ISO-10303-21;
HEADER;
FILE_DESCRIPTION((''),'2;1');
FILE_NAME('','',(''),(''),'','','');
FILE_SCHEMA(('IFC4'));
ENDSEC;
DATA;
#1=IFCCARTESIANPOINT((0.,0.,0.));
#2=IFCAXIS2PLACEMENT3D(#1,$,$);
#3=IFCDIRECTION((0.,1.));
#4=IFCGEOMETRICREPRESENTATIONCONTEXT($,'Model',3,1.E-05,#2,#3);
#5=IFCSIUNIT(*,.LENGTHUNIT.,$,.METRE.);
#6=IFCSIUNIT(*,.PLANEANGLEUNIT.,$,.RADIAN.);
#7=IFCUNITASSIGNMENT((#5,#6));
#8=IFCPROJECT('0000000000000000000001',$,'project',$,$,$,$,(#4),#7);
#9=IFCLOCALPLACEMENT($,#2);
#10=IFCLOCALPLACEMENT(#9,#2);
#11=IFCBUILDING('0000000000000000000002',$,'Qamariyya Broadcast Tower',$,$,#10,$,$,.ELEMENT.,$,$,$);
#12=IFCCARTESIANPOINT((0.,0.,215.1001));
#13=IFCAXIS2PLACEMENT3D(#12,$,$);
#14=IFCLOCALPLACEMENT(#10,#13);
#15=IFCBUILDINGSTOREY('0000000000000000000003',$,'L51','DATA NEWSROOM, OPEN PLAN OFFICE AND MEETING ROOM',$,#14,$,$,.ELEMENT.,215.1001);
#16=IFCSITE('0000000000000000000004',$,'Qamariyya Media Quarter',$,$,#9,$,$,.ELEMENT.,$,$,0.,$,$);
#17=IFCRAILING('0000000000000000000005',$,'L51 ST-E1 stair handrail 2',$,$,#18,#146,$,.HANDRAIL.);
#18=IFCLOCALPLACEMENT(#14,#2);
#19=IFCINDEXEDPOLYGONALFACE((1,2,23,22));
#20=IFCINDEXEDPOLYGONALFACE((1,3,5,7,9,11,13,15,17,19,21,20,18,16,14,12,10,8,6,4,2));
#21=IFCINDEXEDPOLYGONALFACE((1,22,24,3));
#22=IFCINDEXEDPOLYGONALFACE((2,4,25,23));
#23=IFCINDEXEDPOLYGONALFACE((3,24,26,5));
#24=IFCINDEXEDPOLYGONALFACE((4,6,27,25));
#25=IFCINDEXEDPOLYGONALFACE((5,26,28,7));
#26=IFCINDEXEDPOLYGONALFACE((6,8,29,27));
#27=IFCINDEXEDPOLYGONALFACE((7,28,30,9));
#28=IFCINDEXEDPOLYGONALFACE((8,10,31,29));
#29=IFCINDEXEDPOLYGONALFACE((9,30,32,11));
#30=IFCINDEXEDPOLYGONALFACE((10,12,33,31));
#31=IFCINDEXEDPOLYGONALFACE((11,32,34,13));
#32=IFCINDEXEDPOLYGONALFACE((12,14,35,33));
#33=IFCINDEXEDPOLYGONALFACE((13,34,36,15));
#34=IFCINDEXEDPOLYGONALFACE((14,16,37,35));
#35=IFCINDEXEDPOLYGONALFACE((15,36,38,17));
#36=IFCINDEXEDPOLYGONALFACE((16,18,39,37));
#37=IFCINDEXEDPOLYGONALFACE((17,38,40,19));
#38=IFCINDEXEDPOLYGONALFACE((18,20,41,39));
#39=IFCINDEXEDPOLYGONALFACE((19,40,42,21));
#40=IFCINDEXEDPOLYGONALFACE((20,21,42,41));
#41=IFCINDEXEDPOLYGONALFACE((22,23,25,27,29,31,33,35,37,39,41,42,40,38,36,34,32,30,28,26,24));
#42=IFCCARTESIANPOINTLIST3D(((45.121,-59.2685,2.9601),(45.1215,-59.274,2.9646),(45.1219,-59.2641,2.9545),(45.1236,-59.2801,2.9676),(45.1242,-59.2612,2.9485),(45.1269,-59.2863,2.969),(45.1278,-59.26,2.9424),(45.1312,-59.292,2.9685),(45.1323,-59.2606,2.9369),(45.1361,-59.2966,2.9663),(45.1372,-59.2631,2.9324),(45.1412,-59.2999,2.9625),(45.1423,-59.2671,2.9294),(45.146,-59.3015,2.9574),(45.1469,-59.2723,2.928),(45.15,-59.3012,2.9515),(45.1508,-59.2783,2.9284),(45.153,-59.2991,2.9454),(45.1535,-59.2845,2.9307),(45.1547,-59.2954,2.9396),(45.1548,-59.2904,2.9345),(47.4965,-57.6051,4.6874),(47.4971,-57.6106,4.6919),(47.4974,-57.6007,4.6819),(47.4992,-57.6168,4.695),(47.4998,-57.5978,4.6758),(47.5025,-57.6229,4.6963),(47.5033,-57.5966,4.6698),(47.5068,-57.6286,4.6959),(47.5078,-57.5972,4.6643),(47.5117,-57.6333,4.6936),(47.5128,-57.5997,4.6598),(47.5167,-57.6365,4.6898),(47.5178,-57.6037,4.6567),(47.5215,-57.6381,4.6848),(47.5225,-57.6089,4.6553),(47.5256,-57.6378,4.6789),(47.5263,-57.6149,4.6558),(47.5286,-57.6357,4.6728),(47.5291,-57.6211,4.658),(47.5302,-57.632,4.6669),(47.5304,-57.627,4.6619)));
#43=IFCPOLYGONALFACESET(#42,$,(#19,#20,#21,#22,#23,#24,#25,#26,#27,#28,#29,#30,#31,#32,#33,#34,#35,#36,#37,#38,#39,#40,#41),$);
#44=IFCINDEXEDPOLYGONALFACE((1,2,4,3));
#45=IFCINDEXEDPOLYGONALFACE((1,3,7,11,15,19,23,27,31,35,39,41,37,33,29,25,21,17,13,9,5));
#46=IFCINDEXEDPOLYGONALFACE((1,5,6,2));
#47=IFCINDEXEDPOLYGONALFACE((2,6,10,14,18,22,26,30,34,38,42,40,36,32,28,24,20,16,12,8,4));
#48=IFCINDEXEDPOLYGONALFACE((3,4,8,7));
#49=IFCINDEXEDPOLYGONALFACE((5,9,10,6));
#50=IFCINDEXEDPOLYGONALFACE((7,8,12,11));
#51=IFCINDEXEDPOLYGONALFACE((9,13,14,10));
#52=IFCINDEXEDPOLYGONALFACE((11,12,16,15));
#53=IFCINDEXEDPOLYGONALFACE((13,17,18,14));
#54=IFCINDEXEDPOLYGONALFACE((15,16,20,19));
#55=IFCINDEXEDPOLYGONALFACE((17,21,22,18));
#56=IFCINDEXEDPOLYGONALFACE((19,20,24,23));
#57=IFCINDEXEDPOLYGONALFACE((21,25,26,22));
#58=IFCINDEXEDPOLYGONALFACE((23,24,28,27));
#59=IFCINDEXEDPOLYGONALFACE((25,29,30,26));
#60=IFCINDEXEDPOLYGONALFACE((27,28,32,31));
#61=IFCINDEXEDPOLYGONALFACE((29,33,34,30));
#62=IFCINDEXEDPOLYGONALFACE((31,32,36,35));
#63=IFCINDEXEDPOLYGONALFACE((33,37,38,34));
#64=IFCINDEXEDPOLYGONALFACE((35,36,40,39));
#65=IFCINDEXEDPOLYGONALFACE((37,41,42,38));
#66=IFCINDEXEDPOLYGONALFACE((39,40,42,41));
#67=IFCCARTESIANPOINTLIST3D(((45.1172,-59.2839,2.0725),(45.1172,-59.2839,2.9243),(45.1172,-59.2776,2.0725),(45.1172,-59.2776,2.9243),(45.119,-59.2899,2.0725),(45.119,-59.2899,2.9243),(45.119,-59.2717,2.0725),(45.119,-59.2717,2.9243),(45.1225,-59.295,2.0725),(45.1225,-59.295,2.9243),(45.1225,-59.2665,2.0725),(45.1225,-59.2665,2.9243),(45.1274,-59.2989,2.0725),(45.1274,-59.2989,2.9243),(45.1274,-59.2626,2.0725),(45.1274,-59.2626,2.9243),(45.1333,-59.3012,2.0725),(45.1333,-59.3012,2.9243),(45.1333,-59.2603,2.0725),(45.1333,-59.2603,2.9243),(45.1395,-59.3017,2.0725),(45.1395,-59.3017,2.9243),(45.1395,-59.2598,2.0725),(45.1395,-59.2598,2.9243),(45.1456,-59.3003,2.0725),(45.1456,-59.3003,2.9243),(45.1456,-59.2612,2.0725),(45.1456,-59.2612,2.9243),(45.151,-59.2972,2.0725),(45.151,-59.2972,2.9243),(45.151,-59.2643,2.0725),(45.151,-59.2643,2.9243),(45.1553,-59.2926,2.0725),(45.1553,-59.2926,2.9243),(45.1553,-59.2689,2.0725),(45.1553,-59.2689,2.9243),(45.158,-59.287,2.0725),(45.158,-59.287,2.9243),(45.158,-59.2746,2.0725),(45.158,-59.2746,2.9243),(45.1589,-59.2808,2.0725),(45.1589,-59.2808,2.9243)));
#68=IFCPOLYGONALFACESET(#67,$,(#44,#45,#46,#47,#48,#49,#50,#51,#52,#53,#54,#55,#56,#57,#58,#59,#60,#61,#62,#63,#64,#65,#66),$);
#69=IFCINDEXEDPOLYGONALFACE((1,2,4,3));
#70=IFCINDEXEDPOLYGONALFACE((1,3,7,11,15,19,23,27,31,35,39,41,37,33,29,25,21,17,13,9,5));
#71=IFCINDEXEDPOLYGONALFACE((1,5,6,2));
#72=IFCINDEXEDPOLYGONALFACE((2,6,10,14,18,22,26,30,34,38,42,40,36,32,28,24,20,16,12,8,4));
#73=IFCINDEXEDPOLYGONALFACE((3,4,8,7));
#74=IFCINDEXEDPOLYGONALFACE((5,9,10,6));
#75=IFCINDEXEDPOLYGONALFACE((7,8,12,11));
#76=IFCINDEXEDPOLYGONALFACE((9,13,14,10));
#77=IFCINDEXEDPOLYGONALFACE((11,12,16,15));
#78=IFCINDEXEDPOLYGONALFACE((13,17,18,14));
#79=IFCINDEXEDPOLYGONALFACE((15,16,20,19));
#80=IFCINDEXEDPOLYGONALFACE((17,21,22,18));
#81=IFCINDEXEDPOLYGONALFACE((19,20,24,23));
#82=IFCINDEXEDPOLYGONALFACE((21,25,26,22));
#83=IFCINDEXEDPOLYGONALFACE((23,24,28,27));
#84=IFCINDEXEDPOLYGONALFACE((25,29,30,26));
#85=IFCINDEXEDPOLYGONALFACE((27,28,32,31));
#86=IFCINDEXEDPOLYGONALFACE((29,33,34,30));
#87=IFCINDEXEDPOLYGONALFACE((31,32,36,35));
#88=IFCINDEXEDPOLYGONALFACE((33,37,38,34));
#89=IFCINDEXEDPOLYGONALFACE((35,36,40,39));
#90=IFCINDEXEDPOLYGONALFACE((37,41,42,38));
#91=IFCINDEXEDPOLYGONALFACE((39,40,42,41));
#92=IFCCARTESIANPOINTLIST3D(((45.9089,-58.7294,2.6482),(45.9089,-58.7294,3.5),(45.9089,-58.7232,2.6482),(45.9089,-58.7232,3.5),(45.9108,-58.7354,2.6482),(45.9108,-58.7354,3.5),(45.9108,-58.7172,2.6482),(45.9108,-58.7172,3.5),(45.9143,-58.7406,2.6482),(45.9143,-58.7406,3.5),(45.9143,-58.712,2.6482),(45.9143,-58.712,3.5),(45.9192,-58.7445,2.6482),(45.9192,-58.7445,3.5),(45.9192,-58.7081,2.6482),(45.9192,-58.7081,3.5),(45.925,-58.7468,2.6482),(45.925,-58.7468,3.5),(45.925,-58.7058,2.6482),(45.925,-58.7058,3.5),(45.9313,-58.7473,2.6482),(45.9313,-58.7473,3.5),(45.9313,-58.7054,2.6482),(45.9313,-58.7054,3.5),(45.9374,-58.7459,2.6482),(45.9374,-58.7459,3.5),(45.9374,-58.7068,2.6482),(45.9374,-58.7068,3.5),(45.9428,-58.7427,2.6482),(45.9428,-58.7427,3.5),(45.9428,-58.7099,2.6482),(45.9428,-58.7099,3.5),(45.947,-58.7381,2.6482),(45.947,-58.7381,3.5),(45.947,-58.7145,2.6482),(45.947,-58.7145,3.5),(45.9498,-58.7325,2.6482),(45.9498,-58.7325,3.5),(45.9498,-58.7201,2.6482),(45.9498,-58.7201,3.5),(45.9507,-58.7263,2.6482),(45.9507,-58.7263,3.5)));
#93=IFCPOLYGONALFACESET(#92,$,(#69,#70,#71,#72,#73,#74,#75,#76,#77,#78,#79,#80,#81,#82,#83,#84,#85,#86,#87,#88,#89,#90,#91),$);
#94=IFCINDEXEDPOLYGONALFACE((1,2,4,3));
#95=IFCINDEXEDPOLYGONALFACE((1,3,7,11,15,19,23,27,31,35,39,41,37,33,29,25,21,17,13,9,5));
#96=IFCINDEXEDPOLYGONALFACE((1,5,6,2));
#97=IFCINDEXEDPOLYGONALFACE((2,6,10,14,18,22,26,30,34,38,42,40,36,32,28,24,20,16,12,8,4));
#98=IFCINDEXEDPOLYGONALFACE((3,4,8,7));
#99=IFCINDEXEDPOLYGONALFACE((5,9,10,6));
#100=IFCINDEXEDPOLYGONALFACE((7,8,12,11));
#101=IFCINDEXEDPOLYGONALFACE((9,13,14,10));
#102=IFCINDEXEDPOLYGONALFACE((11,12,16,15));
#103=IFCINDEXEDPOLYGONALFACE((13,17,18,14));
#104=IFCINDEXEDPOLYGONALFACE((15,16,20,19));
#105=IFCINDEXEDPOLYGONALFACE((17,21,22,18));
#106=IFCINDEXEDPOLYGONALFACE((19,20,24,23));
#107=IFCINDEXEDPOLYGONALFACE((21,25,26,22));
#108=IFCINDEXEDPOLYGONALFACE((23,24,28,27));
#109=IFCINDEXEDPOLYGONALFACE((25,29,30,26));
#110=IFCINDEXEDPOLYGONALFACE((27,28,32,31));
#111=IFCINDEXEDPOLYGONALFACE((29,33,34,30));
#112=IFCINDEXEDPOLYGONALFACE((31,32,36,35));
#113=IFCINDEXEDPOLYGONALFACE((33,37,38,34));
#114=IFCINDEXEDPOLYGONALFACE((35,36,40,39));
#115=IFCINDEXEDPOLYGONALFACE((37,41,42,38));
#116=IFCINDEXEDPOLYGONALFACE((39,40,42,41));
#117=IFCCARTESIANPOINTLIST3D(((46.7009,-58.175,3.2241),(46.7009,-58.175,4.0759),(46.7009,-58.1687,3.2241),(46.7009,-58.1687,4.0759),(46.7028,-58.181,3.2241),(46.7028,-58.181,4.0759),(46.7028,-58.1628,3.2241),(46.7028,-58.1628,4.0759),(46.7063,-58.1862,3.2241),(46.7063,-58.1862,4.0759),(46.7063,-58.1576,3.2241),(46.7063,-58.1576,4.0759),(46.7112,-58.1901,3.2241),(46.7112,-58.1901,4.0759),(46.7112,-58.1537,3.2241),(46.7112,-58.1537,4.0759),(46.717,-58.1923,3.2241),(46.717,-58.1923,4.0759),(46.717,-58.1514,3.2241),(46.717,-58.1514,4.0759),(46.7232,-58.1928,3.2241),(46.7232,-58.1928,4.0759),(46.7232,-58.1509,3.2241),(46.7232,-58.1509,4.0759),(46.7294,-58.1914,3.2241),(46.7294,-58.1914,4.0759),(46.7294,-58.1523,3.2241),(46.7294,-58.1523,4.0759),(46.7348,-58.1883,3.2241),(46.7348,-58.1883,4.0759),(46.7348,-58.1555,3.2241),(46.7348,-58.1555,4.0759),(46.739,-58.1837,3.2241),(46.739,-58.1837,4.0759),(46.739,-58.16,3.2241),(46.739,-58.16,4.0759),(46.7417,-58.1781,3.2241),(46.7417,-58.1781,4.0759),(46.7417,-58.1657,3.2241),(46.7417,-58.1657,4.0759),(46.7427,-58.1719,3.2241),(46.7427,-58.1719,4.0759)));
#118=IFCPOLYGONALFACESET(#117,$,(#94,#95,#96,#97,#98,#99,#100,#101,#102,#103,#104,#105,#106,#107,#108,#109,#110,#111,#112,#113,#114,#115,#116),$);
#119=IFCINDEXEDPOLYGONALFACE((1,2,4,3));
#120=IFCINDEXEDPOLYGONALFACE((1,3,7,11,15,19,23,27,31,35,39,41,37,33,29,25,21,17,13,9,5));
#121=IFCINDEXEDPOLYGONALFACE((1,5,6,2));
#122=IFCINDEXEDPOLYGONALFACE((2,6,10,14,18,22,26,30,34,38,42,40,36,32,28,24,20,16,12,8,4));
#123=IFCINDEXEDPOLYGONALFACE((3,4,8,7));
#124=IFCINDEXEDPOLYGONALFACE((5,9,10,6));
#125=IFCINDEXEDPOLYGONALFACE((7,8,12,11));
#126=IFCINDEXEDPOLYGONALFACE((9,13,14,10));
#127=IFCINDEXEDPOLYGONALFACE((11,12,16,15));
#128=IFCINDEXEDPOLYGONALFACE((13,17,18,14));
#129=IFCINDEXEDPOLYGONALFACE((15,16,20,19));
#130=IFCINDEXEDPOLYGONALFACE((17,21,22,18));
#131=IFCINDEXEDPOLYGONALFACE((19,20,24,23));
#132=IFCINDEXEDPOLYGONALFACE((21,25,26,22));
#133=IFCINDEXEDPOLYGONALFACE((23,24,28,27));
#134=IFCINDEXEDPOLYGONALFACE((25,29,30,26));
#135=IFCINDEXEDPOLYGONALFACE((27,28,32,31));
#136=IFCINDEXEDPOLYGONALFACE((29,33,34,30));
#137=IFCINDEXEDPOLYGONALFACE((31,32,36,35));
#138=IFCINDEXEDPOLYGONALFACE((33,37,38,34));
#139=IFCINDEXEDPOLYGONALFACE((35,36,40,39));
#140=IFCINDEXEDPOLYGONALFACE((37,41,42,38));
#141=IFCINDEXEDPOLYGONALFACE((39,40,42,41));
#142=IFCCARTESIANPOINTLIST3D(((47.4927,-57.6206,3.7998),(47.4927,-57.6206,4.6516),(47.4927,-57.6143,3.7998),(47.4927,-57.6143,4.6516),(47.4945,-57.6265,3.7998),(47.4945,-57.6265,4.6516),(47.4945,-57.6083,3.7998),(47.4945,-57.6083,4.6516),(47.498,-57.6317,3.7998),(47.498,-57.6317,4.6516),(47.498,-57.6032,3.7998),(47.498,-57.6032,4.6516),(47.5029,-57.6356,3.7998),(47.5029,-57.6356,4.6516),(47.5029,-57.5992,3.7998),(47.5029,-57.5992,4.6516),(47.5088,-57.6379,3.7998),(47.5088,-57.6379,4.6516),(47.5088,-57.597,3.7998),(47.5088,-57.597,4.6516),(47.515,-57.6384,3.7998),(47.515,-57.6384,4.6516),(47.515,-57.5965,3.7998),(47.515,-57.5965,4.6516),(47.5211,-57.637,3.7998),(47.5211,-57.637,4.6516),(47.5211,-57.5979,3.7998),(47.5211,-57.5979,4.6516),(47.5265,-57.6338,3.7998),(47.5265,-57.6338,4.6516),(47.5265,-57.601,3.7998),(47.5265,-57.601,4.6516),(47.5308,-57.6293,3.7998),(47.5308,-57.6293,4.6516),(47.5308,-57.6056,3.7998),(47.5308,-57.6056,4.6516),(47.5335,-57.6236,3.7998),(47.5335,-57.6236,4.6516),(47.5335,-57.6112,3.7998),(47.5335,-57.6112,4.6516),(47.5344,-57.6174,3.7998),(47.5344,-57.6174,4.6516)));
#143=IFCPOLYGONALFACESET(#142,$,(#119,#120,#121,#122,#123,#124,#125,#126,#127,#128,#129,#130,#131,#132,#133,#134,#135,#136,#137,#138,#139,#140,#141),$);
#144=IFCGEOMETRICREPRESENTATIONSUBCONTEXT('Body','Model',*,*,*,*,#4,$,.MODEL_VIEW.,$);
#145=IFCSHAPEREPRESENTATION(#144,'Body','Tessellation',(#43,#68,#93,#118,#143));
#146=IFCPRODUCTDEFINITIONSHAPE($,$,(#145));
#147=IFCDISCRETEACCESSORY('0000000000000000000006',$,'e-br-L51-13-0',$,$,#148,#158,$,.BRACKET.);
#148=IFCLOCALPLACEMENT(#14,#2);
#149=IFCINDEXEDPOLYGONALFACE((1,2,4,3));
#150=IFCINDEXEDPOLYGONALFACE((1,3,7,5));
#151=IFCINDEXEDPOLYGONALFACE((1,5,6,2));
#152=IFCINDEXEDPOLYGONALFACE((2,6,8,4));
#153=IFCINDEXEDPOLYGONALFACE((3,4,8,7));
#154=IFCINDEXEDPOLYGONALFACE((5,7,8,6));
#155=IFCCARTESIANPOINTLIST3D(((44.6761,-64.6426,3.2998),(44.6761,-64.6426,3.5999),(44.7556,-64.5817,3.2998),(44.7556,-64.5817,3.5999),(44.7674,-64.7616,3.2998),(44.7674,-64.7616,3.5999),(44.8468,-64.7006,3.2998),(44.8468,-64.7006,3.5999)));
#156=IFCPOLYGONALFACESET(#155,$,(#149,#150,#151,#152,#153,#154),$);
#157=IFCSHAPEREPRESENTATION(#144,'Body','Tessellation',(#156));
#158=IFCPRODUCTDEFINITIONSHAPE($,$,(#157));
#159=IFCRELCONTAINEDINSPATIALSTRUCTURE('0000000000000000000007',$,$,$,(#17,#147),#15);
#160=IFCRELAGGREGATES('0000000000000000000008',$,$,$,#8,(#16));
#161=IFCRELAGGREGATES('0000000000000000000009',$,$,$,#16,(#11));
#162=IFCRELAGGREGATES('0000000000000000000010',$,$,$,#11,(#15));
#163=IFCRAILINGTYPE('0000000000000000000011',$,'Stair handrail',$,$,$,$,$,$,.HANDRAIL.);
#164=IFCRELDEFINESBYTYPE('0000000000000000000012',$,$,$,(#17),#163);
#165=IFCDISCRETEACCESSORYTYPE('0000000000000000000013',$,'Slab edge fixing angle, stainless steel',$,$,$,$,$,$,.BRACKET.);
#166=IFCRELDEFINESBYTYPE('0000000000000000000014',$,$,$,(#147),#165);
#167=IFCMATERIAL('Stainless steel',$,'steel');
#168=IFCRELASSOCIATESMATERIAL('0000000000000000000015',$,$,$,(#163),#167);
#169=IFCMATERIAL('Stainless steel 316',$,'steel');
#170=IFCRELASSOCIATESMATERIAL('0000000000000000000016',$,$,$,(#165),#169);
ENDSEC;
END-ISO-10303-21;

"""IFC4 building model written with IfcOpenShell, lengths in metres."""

from ifc_helpers import new_model, si_unit, direction, frame, origin, origin_2d, place, context, subcontext, project, spatial, rectangle, circle, extrude, material, type_object, element, save


model = new_model("IFC4")

# Units and contexts
model_context = context("Model", 3, precision=1e-05, world=origin(), true_north=direction((0.0, 1.0)))
body_context = subcontext(model_context, "Body", "Model", "MODEL_VIEW")
ifc_project = project(units=[si_unit("LENGTHUNIT", "METRE"), si_unit("PLANEANGLEUNIT", "RADIAN")], contexts=[model_context])

# Site, building, storey
site_placement = place(None, origin())
site = spatial("IfcSite", under=ifc_project, at=site_placement, Name="Qamariyya Media Quarter", CompositionType="ELEMENT", RefElevation=0.0)
building_placement = place(site_placement, origin())
building = spatial("IfcBuilding", under=site, at=building_placement, Name="Qamariyya Broadcast Tower", CompositionType="ELEMENT")
storey_placement = place(building_placement, frame((0.0, 0.0, 215.1001)))
storey = spatial("IfcBuildingStorey", under=building, at=storey_placement, Name="L51", Description="DATA NEWSROOM, OPEN PLAN OFFICE AND MEETING ROOM", CompositionType="ELEMENT", Elevation=215.1001)

# Railing
ifc_material_1 = material(Name="Stainless steel", Category="steel")
railing_type_1 = type_object("IfcRailingType", Name="Stair handrail", PredefinedType="HANDRAIL", material=ifc_material_1)
railing_1_placement = place(storey_placement, frame((45.1379, -59.2808, 2.0725)))
element("IfcRailing", 1, at=railing_1_placement, inside=storey, type_object=railing_type_1, Name="L51 ST-E1 stair handrail 2", PredefinedType="HANDRAIL", context=body_context, shape_type="SweptSolid", body=[
    extrude(circle(Radius=0.0239, at=origin_2d()), frame((0.0, 0.0, 0.876), z_axis=(0.70377, 0.492784, 0.511734), x_axis=(-0.573575, 0.819153, 0.0)), (0.0, 0.0, 1.0), 3.3755),
    extrude(circle(Radius=0.021, at=origin_2d()), origin(), (0.0, 0.0, 1.0), 0.8518),
    extrude(circle(Radius=0.021, at=origin_2d()), frame((0.7917, 0.5544, 0.5757)), (0.0, 0.0, 1.0), 0.8518),
    extrude(circle(Radius=0.021, at=origin_2d()), frame((1.5837, 1.1089, 1.1516)), (0.0, 0.0, 1.0), 0.8518),
    extrude(circle(Radius=0.021, at=origin_2d()), frame((2.3755, 1.6633, 1.7273)), (0.0, 0.0, 1.0), 0.8518),
])

# Discrete accessory
ifc_material_2 = material(Name="Stainless steel 316", Category="steel")
discrete_accessory_type = type_object("IfcDiscreteAccessoryType", Name="Slab edge fixing angle, stainless steel", PredefinedType="BRACKET", material=ifc_material_2)
discrete_accessory_placement = place(storey_placement, frame((44.7615, -64.6716, 3.2998), z_axis=(0.0, 0.0, 1.0), x_axis=(0.793353, 0.608761, 0.0)))
element("IfcDiscreteAccessory", 2, at=discrete_accessory_placement, inside=storey, type_object=discrete_accessory_type, Name="e-br-L51-13-0", PredefinedType="BRACKET", context=body_context, shape_type="SweptSolid", body=[
    extrude(rectangle(XDim=0.1001, YDim=0.1499, at=origin_2d()), origin(), (0.0, 0.0, 1.0), 0.3),
])

save(model, "model.ifc")
